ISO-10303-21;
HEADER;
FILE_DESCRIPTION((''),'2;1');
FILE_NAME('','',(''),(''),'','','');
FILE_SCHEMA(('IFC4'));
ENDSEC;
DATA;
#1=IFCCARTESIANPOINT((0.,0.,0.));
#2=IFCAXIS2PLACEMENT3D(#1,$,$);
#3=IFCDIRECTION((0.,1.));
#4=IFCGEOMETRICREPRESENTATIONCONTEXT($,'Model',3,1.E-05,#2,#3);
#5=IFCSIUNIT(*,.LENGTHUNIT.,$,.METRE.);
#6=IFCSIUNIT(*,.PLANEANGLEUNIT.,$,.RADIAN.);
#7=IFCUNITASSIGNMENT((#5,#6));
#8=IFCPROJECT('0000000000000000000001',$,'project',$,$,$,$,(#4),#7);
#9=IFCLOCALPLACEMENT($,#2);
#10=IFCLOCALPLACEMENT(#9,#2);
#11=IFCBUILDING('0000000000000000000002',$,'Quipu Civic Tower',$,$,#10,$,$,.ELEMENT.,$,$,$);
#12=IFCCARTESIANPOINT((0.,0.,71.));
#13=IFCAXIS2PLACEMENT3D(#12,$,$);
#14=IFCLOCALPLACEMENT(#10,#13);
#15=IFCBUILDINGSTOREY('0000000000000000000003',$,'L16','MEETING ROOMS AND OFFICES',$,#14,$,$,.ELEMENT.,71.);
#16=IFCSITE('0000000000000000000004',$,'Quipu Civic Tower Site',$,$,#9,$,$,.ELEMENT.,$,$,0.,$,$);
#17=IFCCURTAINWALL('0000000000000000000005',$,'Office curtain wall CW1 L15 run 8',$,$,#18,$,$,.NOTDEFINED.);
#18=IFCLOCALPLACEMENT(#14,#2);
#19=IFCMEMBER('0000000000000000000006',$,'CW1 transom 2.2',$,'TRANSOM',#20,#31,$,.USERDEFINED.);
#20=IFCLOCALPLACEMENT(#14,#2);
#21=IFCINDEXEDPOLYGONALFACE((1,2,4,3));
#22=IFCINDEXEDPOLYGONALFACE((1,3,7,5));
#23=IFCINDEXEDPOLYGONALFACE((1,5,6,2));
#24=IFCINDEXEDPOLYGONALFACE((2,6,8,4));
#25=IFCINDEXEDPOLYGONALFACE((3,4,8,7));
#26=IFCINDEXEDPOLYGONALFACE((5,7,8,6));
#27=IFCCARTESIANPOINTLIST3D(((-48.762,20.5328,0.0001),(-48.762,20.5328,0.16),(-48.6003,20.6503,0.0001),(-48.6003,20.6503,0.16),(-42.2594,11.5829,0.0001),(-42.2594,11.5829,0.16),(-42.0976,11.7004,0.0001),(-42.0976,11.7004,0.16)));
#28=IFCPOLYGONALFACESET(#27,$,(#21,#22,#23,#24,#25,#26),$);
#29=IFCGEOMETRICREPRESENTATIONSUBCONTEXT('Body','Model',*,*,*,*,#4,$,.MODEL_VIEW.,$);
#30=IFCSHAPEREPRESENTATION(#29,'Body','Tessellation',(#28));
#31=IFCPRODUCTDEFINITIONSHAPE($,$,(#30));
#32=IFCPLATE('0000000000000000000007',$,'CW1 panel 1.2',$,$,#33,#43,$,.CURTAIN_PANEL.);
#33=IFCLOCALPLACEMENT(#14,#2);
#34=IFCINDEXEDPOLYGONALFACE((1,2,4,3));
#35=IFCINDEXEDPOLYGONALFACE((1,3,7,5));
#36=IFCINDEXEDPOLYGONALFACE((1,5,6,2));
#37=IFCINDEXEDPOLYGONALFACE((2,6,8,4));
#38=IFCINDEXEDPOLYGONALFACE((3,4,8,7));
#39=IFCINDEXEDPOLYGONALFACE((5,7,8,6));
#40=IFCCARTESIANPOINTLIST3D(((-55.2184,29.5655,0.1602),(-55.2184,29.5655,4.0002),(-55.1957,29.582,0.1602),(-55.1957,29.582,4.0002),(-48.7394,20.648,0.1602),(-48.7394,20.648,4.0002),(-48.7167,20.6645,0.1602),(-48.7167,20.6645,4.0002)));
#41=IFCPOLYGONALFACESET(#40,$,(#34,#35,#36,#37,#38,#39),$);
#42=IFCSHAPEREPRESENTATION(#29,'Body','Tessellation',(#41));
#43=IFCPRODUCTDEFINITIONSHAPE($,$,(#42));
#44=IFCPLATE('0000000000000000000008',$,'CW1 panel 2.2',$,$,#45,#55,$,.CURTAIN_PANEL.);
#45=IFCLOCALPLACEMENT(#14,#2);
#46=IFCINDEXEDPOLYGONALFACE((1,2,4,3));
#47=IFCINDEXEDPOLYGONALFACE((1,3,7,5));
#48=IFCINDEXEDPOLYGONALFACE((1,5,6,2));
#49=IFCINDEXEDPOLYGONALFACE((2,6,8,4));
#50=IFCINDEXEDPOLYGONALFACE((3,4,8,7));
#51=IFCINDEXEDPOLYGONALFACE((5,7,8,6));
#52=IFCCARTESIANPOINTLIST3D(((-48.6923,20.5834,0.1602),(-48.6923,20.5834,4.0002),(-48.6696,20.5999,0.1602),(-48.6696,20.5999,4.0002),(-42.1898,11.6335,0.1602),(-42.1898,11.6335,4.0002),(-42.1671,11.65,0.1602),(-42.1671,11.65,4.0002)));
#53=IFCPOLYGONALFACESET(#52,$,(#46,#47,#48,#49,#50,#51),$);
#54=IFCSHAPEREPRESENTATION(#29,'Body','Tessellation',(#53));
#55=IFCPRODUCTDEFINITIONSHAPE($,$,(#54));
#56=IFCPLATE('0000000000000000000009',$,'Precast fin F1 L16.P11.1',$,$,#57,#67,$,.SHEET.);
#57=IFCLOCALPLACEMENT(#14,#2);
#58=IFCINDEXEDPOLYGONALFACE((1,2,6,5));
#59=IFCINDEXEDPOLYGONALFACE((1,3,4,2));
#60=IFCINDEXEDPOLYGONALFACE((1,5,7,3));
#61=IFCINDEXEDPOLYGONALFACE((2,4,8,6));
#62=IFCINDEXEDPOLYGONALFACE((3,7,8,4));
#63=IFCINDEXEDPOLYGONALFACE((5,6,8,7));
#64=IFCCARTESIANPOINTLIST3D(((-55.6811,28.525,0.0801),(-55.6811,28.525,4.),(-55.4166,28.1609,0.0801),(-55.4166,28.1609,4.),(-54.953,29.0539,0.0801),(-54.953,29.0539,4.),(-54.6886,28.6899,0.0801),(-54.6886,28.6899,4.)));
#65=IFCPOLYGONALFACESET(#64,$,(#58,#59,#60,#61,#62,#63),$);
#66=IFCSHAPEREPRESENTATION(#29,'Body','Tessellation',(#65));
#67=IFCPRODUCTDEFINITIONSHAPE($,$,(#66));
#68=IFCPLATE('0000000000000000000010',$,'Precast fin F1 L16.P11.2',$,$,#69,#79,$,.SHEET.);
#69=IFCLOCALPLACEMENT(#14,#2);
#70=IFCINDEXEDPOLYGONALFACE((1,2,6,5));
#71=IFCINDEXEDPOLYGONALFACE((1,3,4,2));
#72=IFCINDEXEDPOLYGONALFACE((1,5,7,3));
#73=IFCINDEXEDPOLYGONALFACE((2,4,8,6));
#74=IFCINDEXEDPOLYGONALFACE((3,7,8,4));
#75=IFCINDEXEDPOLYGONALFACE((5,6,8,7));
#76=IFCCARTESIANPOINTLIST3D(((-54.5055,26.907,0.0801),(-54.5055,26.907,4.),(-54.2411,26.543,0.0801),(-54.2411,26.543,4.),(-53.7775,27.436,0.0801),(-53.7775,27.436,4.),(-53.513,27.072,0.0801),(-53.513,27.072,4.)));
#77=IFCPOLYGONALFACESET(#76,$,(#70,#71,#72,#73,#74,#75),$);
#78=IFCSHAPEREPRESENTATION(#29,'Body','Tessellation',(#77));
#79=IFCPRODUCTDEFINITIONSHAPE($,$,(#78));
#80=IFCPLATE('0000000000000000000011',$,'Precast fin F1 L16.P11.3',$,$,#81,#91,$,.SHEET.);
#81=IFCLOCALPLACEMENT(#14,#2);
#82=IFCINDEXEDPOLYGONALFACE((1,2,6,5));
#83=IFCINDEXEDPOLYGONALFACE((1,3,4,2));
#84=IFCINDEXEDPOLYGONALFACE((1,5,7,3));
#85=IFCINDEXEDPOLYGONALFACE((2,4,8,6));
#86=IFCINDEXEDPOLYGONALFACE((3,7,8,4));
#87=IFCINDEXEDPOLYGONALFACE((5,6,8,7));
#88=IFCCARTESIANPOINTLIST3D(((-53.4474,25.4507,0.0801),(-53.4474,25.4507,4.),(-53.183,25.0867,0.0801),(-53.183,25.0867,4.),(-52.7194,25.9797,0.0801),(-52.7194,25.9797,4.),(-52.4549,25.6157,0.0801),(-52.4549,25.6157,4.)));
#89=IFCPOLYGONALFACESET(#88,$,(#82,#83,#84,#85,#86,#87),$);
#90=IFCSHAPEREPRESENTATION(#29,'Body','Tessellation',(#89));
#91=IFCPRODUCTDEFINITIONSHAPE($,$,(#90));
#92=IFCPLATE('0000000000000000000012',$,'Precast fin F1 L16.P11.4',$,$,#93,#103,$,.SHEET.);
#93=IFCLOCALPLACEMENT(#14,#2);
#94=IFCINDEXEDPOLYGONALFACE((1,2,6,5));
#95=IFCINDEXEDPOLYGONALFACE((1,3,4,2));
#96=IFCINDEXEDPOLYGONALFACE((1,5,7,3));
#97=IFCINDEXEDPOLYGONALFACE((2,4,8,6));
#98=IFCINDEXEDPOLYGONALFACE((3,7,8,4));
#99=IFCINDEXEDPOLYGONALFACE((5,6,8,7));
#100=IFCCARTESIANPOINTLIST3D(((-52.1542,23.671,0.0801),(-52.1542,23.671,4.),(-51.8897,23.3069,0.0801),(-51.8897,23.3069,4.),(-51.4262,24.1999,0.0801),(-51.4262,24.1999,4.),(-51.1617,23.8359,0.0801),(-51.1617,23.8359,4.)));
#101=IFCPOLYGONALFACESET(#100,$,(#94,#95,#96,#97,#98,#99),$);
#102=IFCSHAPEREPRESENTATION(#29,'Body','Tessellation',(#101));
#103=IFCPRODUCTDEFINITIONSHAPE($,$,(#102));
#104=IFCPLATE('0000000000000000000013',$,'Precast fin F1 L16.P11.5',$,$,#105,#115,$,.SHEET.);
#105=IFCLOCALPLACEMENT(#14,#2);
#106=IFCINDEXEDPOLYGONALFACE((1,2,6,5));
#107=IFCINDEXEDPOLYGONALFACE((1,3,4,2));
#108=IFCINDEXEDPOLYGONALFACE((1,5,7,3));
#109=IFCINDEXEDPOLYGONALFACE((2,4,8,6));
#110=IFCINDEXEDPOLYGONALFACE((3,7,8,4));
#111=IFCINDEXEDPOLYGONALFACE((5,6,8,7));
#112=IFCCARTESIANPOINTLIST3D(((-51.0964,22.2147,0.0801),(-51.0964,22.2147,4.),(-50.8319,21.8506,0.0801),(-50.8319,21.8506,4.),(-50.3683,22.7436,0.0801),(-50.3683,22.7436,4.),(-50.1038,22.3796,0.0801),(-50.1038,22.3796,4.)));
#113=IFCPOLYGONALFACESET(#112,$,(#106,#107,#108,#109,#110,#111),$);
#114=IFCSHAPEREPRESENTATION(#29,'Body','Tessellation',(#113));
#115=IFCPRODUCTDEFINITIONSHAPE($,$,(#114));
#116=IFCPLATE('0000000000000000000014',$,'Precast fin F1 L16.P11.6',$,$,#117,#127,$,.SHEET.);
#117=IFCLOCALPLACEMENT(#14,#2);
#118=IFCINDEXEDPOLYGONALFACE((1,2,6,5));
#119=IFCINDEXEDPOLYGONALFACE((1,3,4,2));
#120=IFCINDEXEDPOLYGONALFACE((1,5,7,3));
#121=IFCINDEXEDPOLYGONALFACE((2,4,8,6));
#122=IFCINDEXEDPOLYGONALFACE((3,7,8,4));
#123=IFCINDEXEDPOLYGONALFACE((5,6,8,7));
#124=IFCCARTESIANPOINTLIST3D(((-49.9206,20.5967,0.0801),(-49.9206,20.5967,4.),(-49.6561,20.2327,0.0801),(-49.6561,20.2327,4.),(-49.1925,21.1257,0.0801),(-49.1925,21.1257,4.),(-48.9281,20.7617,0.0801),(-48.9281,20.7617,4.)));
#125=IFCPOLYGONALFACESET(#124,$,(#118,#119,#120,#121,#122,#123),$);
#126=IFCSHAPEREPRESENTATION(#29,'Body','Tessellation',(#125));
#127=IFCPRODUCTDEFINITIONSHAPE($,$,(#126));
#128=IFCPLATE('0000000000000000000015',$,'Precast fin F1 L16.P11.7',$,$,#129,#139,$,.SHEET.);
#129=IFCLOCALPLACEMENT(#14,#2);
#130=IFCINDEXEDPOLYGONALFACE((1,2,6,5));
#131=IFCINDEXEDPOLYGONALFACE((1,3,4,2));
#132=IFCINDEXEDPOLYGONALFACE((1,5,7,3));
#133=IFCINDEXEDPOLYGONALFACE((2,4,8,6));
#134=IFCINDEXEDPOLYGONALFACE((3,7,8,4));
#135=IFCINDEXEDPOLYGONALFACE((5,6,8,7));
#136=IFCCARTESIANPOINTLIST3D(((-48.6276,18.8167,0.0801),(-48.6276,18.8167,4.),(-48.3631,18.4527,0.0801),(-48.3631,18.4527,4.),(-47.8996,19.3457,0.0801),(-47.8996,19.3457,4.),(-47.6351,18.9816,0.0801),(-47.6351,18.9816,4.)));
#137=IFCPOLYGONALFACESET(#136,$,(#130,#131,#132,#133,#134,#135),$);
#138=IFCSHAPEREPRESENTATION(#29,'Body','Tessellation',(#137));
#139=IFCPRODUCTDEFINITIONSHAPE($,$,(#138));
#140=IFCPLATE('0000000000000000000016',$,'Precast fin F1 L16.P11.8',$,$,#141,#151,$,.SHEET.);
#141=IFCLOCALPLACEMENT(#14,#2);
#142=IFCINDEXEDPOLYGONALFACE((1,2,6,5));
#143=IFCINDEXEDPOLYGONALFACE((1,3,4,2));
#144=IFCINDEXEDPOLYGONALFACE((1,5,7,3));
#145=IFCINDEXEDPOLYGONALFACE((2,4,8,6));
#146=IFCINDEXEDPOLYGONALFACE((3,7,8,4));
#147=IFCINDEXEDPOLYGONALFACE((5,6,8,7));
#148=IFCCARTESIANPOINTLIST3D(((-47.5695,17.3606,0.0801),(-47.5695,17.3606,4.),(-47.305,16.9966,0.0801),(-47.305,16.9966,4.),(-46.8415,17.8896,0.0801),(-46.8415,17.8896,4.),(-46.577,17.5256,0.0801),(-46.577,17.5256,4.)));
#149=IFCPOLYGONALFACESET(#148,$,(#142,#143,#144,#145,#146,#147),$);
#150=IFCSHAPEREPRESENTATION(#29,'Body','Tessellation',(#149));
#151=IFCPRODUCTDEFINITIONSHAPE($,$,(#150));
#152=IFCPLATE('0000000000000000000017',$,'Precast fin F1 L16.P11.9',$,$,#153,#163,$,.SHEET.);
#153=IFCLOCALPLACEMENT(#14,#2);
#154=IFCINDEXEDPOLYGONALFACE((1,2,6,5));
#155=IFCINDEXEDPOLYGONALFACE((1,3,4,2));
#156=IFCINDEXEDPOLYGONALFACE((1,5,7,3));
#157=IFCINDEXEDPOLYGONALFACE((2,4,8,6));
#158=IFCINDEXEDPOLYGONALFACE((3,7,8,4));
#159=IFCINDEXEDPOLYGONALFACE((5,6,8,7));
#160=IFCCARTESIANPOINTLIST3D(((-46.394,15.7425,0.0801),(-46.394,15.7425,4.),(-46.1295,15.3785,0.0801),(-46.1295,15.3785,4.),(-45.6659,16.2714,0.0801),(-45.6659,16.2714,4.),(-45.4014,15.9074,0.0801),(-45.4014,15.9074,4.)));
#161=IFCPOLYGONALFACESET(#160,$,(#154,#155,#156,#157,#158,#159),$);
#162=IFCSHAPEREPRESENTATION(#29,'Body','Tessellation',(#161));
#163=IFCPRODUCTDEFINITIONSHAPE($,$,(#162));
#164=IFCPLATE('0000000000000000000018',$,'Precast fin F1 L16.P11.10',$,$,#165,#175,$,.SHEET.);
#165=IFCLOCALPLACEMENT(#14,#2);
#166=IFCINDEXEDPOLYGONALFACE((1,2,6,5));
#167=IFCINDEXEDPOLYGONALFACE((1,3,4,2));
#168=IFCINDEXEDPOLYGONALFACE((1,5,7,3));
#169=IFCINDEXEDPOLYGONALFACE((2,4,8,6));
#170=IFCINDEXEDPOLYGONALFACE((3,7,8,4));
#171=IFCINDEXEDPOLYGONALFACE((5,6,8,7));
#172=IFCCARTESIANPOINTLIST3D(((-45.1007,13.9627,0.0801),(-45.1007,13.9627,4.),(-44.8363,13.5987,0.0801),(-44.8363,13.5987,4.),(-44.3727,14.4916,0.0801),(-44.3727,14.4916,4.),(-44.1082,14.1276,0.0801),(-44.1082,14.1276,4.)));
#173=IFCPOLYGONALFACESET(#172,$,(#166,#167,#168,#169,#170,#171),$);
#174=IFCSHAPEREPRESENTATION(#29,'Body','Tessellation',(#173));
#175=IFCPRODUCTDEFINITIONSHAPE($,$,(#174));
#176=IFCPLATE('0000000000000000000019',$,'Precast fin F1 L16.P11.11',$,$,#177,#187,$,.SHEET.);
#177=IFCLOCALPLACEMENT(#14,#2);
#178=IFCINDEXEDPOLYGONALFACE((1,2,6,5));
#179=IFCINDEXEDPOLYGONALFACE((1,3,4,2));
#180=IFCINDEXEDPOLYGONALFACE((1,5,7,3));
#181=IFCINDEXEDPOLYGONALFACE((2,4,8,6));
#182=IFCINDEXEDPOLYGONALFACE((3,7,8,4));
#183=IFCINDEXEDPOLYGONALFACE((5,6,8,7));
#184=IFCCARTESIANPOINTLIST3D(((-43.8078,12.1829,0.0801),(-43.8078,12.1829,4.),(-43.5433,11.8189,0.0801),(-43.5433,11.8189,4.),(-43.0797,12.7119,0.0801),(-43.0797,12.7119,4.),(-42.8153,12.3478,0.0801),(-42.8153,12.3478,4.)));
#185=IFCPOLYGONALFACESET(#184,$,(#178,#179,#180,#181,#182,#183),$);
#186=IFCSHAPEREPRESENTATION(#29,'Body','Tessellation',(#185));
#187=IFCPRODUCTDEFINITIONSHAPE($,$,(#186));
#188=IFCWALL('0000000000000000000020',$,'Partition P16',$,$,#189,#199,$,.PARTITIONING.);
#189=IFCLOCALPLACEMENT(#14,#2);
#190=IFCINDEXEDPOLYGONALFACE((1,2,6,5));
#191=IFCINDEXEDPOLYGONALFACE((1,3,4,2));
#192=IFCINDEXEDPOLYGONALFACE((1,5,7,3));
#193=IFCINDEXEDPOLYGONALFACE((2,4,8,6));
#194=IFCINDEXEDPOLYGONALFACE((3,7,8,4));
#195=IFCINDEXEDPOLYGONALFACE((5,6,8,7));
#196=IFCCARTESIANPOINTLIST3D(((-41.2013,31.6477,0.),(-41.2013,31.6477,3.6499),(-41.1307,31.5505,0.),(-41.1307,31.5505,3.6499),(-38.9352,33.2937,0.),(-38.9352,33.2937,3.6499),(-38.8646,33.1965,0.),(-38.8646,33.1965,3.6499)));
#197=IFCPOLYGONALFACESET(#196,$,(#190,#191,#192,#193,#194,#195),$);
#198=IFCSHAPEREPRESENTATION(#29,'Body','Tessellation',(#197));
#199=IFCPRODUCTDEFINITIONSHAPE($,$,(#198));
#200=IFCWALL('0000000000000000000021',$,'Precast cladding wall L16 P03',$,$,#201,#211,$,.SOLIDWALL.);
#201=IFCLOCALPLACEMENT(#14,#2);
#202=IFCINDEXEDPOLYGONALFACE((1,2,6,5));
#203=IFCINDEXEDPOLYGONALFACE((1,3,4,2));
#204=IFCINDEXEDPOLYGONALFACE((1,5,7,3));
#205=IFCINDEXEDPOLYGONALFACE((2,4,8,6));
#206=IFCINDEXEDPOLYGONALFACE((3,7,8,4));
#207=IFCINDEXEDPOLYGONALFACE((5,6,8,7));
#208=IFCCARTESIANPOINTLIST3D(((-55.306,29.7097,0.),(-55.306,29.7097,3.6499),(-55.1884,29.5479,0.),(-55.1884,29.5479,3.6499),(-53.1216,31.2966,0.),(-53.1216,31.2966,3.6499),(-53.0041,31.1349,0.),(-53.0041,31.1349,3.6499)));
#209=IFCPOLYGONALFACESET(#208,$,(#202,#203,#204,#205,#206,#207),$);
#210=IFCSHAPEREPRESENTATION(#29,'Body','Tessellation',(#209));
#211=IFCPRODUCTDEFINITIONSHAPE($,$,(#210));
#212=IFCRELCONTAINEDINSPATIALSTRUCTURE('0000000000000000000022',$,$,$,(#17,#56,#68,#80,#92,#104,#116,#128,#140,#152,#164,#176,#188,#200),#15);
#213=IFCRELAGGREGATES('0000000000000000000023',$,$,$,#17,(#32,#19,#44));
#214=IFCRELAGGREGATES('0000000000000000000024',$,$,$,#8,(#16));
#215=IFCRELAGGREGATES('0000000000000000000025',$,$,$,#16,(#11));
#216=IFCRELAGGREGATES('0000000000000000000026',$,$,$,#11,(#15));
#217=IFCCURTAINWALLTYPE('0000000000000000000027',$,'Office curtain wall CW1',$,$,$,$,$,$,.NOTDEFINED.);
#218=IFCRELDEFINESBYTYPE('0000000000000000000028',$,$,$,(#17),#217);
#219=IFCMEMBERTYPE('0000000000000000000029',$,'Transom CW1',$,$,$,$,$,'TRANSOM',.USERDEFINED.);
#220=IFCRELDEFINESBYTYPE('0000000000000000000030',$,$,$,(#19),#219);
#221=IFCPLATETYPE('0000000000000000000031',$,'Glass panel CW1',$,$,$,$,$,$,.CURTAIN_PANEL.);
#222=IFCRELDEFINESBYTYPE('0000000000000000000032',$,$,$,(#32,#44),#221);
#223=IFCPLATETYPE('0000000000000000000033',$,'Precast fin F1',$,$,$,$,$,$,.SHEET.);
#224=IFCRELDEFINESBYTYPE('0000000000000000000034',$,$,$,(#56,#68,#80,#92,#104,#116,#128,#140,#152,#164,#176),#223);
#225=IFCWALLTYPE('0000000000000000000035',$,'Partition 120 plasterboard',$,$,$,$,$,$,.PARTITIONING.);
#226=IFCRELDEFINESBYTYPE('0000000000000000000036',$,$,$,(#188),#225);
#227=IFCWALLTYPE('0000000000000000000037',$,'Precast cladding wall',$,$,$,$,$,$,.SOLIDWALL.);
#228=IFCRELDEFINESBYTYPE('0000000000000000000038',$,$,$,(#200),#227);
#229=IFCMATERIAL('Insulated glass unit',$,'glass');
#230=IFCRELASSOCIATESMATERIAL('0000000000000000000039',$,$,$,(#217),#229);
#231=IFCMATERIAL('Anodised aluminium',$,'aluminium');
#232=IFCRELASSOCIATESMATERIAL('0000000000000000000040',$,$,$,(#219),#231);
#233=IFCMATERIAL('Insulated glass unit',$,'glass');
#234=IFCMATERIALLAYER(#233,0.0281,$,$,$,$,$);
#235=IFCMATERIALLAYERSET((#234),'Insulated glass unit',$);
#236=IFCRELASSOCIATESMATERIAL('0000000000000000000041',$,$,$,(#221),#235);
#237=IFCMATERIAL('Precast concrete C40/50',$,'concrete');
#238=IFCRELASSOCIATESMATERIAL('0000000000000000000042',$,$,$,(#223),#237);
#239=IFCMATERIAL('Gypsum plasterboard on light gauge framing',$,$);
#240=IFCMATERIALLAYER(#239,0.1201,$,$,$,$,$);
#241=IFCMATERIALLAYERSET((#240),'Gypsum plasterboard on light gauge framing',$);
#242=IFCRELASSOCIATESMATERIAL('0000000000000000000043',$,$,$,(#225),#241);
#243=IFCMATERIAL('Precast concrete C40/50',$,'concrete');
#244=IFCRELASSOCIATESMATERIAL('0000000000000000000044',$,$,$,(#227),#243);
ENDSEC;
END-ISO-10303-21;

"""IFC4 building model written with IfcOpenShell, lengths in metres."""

from ifc_helpers import new_model, si_unit, direction, frame, frame_2d, origin, origin_2d, place, context, subcontext, project, spatial, rectangle, extrude, material, layer, layer_set, material_profile, profile_set, type_object, element, aggregate, save


model = new_model("IFC4")

# Units and contexts
model_context = context("Model", 3, precision=1e-05, world=origin(), true_north=direction((0.0, 1.0)))
body_context = subcontext(model_context, "Body", "Model", "MODEL_VIEW")
ifc_project = project(units=[si_unit("LENGTHUNIT", "METRE"), si_unit("PLANEANGLEUNIT", "RADIAN")], contexts=[model_context])

# Site, building, storey
site_placement = place(None, origin())
site = spatial("IfcSite", under=ifc_project, at=site_placement, Name="Quipu Civic Tower Site", CompositionType="ELEMENT", RefElevation=0.0)
building_placement = place(site_placement, origin())
building = spatial("IfcBuilding", under=site, at=building_placement, Name="Quipu Civic Tower", CompositionType="ELEMENT")
storey_placement = place(building_placement, frame((0.0, 0.0, 71.0)))
storey = spatial("IfcBuildingStorey", under=building, at=storey_placement, Name="L16", Description="MEETING ROOMS AND OFFICES", CompositionType="ELEMENT", Elevation=71.0)

# Curtain wall
ifc_material_1 = material(Name="Insulated glass unit", Category="glass")
curtain_wall_type = type_object("IfcCurtainWallType", Name="Office curtain wall CW1", PredefinedType="NOTDEFINED", material=ifc_material_1)
curtain_wall_placement = place(storey_placement, origin())
curtain_wall = element("IfcCurtainWall", 1, at=curtain_wall_placement, inside=storey, type_object=curtain_wall_type, Name="Office curtain wall CW1 L15 run 8", PredefinedType="NOTDEFINED")

# Member
ifc_material_2 = material(Name="Anodised aluminium", Category="aluminium")
ifc_material_profile_1 = material_profile(ifc_material_2, rectangle(XDim=0.2, YDim=0.1599, at=origin_2d()), Name="RECT 200x160")
ifc_profile_set_1 = profile_set([ifc_material_profile_1], Name="Anodised aluminium")
member_type_1 = type_object("IfcMemberType", Name="Transom CW1", ElementType="TRANSOM", PredefinedType="USERDEFINED", material=ifc_profile_set_1)
member_1_placement = place(storey_placement, frame((-48.6812, 20.5916, 0.0801), z_axis=(0.587795, -0.80901, 0.0), x_axis=(0.80901, 0.587795, 0.0)))
member_1 = element("IfcMember", 2, at=member_1_placement, type_object=member_type_1, Name="CW1 transom 2.2", ObjectType="TRANSOM", PredefinedType="USERDEFINED", context=body_context, shape_type="SweptSolid", body=[
    extrude(rectangle(XDim=0.2, YDim=0.1599, at=origin_2d()), origin(), (0.0, 0.0, 1.0), 11.0627),
])

# Plates
ifc_material_3 = material(Name="Insulated glass unit", Category="glass")
ifc_layer_1 = layer(ifc_material_3, 0.0281)
ifc_layer_set_1 = layer_set([ifc_layer_1], Name="Insulated glass unit")
plate_type_1 = type_object("IfcPlateType", Name="Glass panel CW1", PredefinedType="CURTAIN_PANEL", material=ifc_layer_set_1)
plate_1_placement = place(storey_placement, frame((-51.9675, 25.115, 0.1602), z_axis=(0.0, 0.0, 1.0), x_axis=(0.587786, -0.809017, 0.0)))
plate_1 = element("IfcPlate", 3, at=plate_1_placement, type_object=plate_type_1, Name="CW1 panel 1.2", PredefinedType="CURTAIN_PANEL", context=body_context, shape_type="SweptSolid", body=[
    extrude(rectangle(XDim=11.0227, YDim=0.0281, at=origin_2d()), origin(), (0.0, 0.0, 1.0), 3.8401),
])
plate_2_placement = place(storey_placement, frame((-45.4297, 16.1167, 0.1602), z_axis=(0.0, 0.0, 1.0), x_axis=(0.587786, -0.809017, 0.0)))
plate_2 = element("IfcPlate", 4, at=plate_2_placement, type_object=plate_type_1, Name="CW1 panel 2.2", PredefinedType="CURTAIN_PANEL", context=body_context, shape_type="SweptSolid", body=[
    extrude(rectangle(XDim=11.0627, YDim=0.0281, at=origin_2d()), origin(), (0.0, 0.0, 1.0), 3.8401),
])
aggregate(curtain_wall, [plate_1, member_1, plate_2])

# Plates
ifc_material_4 = material(Name="Precast concrete C40/50", Category="concrete")
plate_type_2 = type_object("IfcPlateType", Name="Precast fin F1", PredefinedType="SHEET", material=ifc_material_4)
for number, where, z_axis, x_axis, name in (
    (5, (-55.1848, 28.6074, 0.0801), (0.0, 0.0, 1.0), (0.587786, -0.809017, 0.0), "Precast fin F1 L16.P11.1"),
    (6, (-54.0093, 26.9895, 0.0801), (0.0, 0.0, 1.0), (0.587786, -0.809017, 0.0), "Precast fin F1 L16.P11.2"),
    (7, (-52.9512, 25.5332, 0.0801), (0.0, 0.0, 1.0), (0.587786, -0.809017, 0.0), "Precast fin F1 L16.P11.3"),
    (8, (-51.658, 23.7534, 0.0801), (0.0, 0.0, 1.0), (0.587786, -0.809017, 0.0), "Precast fin F1 L16.P11.4"),
    (9, (-50.6001, 22.2971, 0.0801), (0.0, 0.0, 1.0), (0.587786, -0.809017, 0.0), "Precast fin F1 L16.P11.5"),
    (10, (-49.4243, 20.6792, 0.0801), (0.0, 0.0, 1.0), (0.587786, -0.809017, 0.0), "Precast fin F1 L16.P11.6"),
    (11, (-48.1313, 18.8992, 0.0801), (0.0, 0.0, 1.0), (0.587786, -0.809017, 0.0), "Precast fin F1 L16.P11.7"),
    (12, (-47.0732, 17.4431, 0.0801), (0.0, 0.0, 1.0), (0.587786, -0.809017, 0.0), "Precast fin F1 L16.P11.8"),
    (13, (-45.8977, 15.825, 0.0801), (0.0, 0.0, 1.0), (0.587786, -0.809017, 0.0), "Precast fin F1 L16.P11.9"),
    (14, (-44.6045, 14.0452, 0.0801), (0.0, 0.0, 1.0), (0.587786, -0.809017, 0.0), "Precast fin F1 L16.P11.10"),
    (15, (-43.3115, 12.2654, 0.0801), (0.0, 0.0, 1.0), (0.587786, -0.809017, 0.0), "Precast fin F1 L16.P11.11"),
):
    element("IfcPlate", number, at=place(storey_placement, frame(where, z_axis=z_axis, x_axis=x_axis)), inside=storey, type_object=plate_type_2, Name=name, PredefinedType="SHEET", context=body_context, shape_type="SweptSolid", body=[
        extrude(rectangle(XDim=0.45, YDim=0.8999, at=origin_2d()), origin(), (0.0, 0.0, 1.0), 3.9199),
    ])

# Walls
ifc_material_5 = material(Name="Gypsum plasterboard on light gauge framing")
ifc_layer_2 = layer(ifc_material_5, 0.1201)
ifc_layer_set_2 = layer_set([ifc_layer_2], Name="Gypsum plasterboard on light gauge framing")
wall_type_1 = type_object("IfcWallType", Name="Partition 120 plasterboard", PredefinedType="PARTITIONING", material=ifc_layer_set_2)
wall_1_placement = place(storey_placement, frame((-41.166, 31.5991, 0.0), z_axis=(0.0, 0.0, 1.0), x_axis=(0.80909, 0.587684, 0.0)))
element("IfcWall", 16, at=wall_1_placement, inside=storey, type_object=wall_type_1, Name="Partition P16", PredefinedType="PARTITIONING", context=body_context, shape_type="SweptSolid", body=[
    extrude(rectangle(XDim=2.8008, YDim=0.1201, at=frame_2d((1.4004, 0.0))), origin(), (0.0, 0.0, 1.0), 3.6499),
])
ifc_material_6 = material(Name="Precast concrete C40/50", Category="concrete")
wall_type_2 = type_object("IfcWallType", Name="Precast cladding wall", PredefinedType="SOLIDWALL", material=ifc_material_6)
wall_2_placement = place(storey_placement, frame((-53.0627, 31.2158, 0.0), z_axis=(0.0, 0.0, 1.0), x_axis=(-0.809033, -0.587763, 0.0)))
element("IfcWall", 17, at=wall_2_placement, inside=storey, type_object=wall_type_2, Name="Precast cladding wall L16 P03", PredefinedType="SOLIDWALL", context=body_context, shape_type="SweptSolid", body=[
    extrude(rectangle(XDim=2.7, YDim=0.2, at=frame_2d((1.3501, 0.0))), origin(), (0.0, 0.0, 1.0), 3.6499),
])

save(model, "model.ifc")
